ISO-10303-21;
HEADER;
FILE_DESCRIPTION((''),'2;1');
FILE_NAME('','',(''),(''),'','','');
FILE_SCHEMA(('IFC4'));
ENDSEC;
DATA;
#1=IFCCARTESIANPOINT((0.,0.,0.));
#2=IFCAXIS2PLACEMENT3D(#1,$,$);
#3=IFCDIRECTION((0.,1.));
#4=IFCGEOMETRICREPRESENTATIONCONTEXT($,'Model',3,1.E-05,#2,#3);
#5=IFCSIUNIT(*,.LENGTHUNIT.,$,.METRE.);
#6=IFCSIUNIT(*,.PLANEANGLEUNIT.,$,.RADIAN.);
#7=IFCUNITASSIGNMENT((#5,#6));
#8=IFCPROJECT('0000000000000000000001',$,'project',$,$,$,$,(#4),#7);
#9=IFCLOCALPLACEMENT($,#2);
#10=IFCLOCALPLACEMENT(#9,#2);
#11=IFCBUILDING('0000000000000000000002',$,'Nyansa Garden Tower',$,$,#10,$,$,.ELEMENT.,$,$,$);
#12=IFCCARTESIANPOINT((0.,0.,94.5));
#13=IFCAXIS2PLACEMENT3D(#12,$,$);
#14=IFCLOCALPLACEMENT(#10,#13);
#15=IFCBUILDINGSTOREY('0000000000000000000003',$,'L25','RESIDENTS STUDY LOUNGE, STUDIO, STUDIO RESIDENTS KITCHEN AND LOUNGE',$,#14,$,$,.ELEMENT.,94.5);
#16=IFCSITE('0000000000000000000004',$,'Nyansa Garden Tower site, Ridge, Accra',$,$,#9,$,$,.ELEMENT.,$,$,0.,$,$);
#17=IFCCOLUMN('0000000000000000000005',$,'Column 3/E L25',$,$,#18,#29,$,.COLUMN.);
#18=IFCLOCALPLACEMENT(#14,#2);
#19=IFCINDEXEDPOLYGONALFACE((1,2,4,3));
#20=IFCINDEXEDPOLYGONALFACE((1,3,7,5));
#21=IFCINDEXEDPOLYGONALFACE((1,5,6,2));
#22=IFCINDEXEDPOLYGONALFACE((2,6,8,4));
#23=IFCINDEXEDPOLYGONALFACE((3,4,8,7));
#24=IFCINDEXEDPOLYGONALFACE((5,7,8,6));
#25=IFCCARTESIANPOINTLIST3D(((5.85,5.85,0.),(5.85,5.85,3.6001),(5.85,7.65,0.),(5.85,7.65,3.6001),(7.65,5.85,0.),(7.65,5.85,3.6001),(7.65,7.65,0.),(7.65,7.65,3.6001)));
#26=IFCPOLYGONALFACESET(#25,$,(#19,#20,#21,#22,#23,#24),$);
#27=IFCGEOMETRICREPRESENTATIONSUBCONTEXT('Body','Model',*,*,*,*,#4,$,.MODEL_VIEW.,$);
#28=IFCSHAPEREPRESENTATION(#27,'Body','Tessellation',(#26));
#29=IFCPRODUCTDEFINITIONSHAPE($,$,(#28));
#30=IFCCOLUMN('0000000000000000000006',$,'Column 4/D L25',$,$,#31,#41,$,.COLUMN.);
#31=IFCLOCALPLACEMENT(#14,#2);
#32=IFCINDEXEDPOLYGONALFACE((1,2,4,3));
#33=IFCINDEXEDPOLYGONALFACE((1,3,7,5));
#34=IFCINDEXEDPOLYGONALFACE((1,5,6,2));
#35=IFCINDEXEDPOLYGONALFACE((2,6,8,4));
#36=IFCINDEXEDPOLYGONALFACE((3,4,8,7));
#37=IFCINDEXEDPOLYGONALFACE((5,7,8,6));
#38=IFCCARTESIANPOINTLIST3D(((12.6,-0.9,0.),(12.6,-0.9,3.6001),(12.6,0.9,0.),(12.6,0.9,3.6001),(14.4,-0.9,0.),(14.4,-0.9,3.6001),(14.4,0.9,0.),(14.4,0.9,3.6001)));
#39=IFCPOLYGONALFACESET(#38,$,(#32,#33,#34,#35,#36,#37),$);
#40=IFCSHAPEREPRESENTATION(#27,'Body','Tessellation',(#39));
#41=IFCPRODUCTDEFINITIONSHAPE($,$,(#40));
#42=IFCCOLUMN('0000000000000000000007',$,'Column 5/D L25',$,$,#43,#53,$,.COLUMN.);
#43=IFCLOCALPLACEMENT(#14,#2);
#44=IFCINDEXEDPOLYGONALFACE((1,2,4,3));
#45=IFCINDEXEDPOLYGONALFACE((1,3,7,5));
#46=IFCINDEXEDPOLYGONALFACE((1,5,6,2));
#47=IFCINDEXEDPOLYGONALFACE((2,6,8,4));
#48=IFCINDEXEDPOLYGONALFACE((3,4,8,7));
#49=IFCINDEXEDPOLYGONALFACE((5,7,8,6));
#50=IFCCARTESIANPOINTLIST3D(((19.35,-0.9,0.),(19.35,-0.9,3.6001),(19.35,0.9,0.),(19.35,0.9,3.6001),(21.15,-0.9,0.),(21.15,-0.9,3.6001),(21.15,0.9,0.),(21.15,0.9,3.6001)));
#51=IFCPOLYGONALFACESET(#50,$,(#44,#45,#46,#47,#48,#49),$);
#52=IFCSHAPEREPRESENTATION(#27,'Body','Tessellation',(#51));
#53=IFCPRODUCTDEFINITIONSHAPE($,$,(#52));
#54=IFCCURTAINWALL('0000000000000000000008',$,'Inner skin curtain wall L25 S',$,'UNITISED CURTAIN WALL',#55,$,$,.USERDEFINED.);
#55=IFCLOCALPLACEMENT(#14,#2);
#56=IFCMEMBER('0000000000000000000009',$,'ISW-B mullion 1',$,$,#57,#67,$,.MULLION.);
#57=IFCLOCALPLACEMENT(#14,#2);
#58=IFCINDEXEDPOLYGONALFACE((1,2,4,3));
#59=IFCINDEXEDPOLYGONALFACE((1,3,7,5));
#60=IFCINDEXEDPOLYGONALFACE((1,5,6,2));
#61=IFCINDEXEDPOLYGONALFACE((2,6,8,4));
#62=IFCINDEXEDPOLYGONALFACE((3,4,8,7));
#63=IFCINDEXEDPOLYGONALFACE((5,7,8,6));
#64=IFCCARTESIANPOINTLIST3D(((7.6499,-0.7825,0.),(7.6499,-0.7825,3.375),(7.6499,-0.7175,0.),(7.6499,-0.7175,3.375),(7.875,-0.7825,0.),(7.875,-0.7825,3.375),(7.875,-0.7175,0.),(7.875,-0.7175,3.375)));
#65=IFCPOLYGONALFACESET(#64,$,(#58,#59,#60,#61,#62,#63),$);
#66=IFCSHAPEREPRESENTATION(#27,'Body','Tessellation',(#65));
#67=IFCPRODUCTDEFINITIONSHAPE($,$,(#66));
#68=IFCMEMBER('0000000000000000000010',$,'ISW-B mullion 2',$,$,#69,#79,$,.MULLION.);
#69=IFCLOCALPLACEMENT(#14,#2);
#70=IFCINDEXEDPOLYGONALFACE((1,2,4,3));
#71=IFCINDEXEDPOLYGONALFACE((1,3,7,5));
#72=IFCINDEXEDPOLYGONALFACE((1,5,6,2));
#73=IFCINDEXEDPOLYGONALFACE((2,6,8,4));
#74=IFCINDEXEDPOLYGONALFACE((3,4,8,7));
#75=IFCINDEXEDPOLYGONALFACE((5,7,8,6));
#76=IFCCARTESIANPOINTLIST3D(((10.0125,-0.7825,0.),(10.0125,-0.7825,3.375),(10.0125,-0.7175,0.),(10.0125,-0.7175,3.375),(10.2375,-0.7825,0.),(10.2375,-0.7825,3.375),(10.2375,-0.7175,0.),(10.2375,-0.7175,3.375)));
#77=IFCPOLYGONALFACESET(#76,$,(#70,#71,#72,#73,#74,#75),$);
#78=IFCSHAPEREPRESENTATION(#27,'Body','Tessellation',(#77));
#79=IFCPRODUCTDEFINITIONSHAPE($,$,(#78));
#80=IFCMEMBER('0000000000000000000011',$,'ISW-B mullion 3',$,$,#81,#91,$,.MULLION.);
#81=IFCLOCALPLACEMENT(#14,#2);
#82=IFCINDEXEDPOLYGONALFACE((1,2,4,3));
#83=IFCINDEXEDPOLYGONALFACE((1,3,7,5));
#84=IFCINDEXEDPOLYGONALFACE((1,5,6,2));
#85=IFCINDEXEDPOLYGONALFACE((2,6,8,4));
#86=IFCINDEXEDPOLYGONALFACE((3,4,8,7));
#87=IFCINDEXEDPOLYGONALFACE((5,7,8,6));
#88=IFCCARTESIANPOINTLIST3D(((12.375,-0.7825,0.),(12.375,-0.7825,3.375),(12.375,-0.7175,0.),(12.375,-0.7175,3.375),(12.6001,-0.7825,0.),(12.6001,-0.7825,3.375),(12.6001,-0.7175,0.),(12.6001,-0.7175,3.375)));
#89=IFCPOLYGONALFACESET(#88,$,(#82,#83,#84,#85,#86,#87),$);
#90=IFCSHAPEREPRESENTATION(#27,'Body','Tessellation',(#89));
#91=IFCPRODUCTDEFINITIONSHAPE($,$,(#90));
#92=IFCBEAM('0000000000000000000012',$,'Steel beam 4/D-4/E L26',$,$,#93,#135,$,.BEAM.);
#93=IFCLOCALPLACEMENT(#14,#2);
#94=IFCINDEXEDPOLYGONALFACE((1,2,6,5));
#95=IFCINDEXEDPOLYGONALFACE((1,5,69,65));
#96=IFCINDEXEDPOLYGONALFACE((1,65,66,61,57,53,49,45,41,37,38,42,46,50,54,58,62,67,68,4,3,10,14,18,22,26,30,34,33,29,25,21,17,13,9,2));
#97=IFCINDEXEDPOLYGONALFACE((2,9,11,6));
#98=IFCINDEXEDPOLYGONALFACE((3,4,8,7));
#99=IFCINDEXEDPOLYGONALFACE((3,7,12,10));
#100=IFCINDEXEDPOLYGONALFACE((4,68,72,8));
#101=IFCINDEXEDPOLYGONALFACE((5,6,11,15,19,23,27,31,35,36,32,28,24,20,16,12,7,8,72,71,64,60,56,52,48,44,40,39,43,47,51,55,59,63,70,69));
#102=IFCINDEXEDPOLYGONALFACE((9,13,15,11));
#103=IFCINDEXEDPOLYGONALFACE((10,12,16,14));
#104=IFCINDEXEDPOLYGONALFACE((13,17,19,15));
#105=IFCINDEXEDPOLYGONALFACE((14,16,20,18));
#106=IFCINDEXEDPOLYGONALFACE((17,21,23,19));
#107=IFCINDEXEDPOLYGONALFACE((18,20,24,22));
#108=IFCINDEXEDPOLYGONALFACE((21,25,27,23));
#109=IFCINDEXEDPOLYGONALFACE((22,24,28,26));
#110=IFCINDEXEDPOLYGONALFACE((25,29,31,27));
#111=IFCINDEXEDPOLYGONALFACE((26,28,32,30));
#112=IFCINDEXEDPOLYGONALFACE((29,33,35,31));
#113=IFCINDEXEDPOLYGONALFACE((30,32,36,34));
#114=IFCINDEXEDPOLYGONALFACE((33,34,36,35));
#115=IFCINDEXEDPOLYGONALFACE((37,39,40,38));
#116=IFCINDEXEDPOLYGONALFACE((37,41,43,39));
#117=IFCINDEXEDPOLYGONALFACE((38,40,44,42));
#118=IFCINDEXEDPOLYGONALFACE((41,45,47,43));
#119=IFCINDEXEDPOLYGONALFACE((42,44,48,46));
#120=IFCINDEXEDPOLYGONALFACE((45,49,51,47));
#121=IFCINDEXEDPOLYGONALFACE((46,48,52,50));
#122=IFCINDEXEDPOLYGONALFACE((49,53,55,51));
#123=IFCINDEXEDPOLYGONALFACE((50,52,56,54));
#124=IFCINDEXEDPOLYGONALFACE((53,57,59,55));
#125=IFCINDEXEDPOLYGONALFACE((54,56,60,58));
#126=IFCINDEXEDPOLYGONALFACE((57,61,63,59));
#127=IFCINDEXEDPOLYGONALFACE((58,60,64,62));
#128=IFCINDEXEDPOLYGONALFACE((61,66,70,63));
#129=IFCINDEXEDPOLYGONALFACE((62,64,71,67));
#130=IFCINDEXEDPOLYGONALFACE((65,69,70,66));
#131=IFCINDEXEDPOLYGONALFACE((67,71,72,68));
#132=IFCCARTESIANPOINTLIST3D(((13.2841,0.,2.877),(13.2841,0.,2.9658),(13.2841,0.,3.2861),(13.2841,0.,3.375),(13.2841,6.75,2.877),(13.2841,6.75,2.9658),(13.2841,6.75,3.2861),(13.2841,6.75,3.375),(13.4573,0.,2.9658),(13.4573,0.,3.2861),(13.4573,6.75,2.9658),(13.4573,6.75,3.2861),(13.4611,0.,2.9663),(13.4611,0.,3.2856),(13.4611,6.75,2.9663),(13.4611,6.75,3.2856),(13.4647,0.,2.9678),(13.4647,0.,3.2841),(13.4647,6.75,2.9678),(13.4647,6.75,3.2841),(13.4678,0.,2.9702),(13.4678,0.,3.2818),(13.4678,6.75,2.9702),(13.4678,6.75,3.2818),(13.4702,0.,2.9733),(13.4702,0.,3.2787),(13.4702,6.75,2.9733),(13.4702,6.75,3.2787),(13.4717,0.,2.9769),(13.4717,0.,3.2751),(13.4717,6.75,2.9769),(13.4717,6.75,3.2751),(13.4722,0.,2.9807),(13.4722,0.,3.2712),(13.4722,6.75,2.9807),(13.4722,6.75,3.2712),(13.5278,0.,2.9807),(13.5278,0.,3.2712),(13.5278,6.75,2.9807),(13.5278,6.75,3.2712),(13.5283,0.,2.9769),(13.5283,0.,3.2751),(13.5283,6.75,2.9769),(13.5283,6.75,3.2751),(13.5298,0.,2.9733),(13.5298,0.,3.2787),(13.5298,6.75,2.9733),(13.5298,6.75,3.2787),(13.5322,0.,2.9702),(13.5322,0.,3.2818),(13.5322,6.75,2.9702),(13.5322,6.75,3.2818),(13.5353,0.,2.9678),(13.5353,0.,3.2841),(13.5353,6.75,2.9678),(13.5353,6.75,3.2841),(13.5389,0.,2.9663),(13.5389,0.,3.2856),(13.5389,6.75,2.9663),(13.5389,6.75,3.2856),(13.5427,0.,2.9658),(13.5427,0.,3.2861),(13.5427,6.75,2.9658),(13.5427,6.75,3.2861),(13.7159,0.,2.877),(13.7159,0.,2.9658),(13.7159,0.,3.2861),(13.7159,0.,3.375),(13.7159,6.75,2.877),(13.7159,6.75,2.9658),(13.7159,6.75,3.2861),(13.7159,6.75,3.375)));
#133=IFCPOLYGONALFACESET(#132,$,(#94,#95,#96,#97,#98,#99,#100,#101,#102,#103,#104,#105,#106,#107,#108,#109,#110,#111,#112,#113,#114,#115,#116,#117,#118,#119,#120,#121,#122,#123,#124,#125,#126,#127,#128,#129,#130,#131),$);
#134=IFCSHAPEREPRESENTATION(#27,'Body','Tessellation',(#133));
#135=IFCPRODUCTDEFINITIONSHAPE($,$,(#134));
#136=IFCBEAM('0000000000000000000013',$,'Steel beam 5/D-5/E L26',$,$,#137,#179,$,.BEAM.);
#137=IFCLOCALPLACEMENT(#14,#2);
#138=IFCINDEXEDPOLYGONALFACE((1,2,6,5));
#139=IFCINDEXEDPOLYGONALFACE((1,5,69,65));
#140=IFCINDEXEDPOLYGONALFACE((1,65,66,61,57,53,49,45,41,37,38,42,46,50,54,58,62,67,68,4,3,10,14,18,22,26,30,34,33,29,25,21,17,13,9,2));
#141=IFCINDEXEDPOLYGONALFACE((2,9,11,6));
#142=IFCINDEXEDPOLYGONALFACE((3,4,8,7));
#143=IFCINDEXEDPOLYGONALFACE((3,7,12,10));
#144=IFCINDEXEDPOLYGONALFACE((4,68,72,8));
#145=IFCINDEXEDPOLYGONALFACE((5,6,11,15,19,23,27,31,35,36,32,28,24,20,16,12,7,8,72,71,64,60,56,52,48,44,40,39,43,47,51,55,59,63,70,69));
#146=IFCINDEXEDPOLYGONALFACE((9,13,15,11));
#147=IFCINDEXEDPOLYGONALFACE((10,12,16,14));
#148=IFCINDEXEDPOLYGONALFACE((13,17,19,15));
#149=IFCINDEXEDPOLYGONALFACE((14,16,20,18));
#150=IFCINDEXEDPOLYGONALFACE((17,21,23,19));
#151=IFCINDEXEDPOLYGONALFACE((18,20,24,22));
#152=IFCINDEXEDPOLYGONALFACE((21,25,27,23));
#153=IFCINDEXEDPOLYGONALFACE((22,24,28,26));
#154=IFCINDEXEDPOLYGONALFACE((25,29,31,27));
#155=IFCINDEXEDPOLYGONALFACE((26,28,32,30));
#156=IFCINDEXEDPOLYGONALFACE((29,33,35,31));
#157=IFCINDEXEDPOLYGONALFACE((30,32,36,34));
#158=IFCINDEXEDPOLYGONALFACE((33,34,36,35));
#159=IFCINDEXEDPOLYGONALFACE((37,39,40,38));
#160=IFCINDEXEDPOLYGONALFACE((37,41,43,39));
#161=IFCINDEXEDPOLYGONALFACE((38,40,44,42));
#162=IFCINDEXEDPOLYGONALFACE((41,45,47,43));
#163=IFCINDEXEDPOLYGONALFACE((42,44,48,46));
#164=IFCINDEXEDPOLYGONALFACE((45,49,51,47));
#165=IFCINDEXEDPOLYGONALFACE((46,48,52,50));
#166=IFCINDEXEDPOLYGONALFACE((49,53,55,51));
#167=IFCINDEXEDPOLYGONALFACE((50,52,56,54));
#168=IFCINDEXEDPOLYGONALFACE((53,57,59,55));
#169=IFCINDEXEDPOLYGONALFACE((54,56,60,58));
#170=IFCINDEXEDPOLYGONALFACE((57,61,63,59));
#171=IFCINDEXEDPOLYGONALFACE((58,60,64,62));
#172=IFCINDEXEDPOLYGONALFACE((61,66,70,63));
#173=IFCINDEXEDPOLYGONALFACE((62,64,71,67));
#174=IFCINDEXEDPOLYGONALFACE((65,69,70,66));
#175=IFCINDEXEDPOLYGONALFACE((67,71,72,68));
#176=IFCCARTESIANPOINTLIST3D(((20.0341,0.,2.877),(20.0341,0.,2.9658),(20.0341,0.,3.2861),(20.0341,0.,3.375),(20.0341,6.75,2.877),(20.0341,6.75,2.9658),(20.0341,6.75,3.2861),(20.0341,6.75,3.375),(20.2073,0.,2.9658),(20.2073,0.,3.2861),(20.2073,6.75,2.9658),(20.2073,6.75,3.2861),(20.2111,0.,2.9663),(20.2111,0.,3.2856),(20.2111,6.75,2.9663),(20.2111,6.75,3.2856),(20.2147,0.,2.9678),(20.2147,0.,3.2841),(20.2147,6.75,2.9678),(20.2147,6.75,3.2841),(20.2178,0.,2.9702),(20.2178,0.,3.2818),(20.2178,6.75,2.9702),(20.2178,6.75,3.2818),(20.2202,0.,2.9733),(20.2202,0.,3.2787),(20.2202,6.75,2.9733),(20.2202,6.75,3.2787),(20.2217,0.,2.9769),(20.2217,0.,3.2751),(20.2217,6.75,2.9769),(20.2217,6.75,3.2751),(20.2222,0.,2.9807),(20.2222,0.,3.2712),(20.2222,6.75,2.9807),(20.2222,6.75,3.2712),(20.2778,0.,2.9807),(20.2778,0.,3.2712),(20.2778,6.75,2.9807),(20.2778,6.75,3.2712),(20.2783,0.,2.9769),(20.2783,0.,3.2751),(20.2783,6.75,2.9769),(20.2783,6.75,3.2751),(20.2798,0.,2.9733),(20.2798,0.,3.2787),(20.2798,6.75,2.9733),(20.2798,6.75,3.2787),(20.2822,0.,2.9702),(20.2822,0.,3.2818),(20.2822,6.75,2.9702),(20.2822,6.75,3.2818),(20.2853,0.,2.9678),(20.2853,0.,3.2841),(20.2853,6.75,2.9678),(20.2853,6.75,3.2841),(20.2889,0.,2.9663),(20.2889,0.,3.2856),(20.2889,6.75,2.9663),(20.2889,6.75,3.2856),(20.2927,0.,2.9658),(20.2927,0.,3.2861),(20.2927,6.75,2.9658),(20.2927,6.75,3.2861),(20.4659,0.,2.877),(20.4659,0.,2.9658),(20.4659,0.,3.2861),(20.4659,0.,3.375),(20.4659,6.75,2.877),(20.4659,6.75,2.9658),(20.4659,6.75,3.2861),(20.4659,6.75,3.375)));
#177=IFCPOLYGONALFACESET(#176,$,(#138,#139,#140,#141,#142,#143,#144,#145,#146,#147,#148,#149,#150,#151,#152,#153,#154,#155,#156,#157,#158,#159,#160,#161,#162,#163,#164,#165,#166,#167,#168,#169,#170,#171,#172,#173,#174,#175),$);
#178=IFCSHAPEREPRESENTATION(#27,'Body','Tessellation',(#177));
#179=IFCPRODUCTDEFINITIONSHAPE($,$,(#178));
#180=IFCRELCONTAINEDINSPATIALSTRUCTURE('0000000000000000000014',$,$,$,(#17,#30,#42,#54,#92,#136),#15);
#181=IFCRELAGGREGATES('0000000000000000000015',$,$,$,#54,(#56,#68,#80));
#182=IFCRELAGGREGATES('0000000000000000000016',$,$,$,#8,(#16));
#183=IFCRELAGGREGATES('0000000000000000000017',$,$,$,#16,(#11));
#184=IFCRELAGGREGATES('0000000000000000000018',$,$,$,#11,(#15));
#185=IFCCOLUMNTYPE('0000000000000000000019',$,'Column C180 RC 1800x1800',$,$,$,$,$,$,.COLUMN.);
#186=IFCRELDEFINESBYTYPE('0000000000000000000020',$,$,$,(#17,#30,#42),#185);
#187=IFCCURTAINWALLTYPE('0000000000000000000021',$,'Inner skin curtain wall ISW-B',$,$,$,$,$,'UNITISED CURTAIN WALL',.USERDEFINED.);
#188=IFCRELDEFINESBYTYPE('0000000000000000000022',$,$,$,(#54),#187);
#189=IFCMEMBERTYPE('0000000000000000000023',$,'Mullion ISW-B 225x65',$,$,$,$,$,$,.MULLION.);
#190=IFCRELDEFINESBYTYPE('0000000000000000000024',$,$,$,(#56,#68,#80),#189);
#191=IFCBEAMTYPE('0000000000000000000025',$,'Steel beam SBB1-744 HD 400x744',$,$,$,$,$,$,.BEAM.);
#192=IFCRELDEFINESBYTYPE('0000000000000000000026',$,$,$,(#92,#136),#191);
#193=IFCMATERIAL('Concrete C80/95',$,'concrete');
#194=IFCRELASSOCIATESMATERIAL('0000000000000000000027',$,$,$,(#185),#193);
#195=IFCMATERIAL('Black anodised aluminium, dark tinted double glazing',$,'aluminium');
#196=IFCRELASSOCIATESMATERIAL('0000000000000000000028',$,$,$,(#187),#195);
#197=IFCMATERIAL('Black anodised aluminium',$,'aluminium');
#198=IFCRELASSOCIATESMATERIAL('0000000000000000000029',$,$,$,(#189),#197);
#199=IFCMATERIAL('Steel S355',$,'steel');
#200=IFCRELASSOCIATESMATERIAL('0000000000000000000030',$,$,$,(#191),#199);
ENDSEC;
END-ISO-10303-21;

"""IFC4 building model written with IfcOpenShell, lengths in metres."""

from ifc_helpers import new_model, si_unit, direction, frame, origin, origin_2d, place, context, subcontext, project, spatial, rectangle, i_section, extrude, material, material_profile, profile_set, type_object, element, aggregate, save


model = new_model("IFC4")

# Units and contexts
model_context = context("Model", 3, precision=1e-05, world=origin(), true_north=direction((0.0, 1.0)))
body_context = subcontext(model_context, "Body", "Model", "MODEL_VIEW")
ifc_project = project(units=[si_unit("LENGTHUNIT", "METRE"), si_unit("PLANEANGLEUNIT", "RADIAN")], contexts=[model_context])

# Site, building, storey
site_placement = place(None, origin())
site = spatial("IfcSite", under=ifc_project, at=site_placement, Name="Nyansa Garden Tower site, Ridge, Accra", CompositionType="ELEMENT", RefElevation=0.0)
building_placement = place(site_placement, origin())
building = spatial("IfcBuilding", under=site, at=building_placement, Name="Nyansa Garden Tower", CompositionType="ELEMENT")
storey_placement = place(building_placement, frame((0.0, 0.0, 94.5)))
storey = spatial("IfcBuildingStorey", under=building, at=storey_placement, Name="L25", Description="RESIDENTS STUDY LOUNGE, STUDIO, STUDIO RESIDENTS KITCHEN AND LOUNGE", CompositionType="ELEMENT", Elevation=94.5)

# Columns
ifc_material_1 = material(Name="Concrete C80/95", Category="concrete")
ifc_material_profile_1 = material_profile(ifc_material_1, rectangle(XDim=1.8, YDim=1.8, at=origin_2d()), Name="RC 1800x1800")
ifc_profile_set_1 = profile_set([ifc_material_profile_1], Name="Concrete C80/95")
column_type = type_object("IfcColumnType", Name="Column C180 RC 1800x1800", PredefinedType="COLUMN", material=ifc_profile_set_1)
for number, where, z_axis, x_axis, name in (
    (1, (6.75, 6.75, 0.0), (0.0, 0.0, 1.0), (1.0, 0.0, 0.0), "Column 3/E L25"),
    (2, (13.5, 0.0, 0.0), (0.0, 0.0, 1.0), (1.0, 0.0, 0.0), "Column 4/D L25"),
    (3, (20.25, 0.0, 0.0), (0.0, 0.0, 1.0), (1.0, 0.0, 0.0), "Column 5/D L25"),
):
    element("IfcColumn", number, at=place(storey_placement, frame(where, z_axis=z_axis, x_axis=x_axis)), inside=storey, type_object=column_type, Name=name, PredefinedType="COLUMN", context=body_context, shape_type="SweptSolid", body=[
        extrude(rectangle(XDim=1.8, YDim=1.8, at=origin_2d()), origin(), (0.0, 0.0, 1.0), 3.6001),
    ])

# Curtain wall, members
ifc_material_2 = material(Name="Black anodised aluminium, dark tinted double glazing", Category="aluminium")
curtain_wall_type = type_object("IfcCurtainWallType", Name="Inner skin curtain wall ISW-B", ElementType="UNITISED CURTAIN WALL", PredefinedType="USERDEFINED", material=ifc_material_2)
curtain_wall_placement = place(storey_placement, origin())
curtain_wall = element("IfcCurtainWall", 4, at=curtain_wall_placement, inside=storey, type_object=curtain_wall_type, Name="Inner skin curtain wall L25 S", ObjectType="UNITISED CURTAIN WALL", PredefinedType="USERDEFINED")
ifc_material_3 = material(Name="Black anodised aluminium", Category="aluminium")
ifc_material_profile_2 = material_profile(ifc_material_3, rectangle(XDim=0.0649, YDim=0.2251, at=origin_2d()), Name="Mullion 225x65")
ifc_profile_set_2 = profile_set([ifc_material_profile_2], Name="Black anodised aluminium")
member_type_1 = type_object("IfcMemberType", Name="Mullion ISW-B 225x65", PredefinedType="MULLION", material=ifc_profile_set_2)
member_1_placement = place(storey_placement, frame((7.7625, -0.75, 0.0), z_axis=(0.0, 0.0, 1.0), x_axis=(0.0, 1.0, 0.0)))
member_1 = element("IfcMember", 5, at=member_1_placement, type_object=member_type_1, Name="ISW-B mullion 1", PredefinedType="MULLION", context=body_context, shape_type="SweptSolid", body=[
    extrude(rectangle(XDim=0.0649, YDim=0.2251, at=origin_2d()), origin(), (0.0, 0.0, 1.0), 3.375),
])
member_2_placement = place(storey_placement, frame((10.125, -0.75, 0.0), z_axis=(0.0, 0.0, 1.0), x_axis=(0.0, 1.0, 0.0)))
member_2 = element("IfcMember", 6, at=member_2_placement, type_object=member_type_1, Name="ISW-B mullion 2", PredefinedType="MULLION", context=body_context, shape_type="SweptSolid", body=[
    extrude(rectangle(XDim=0.0649, YDim=0.2251, at=origin_2d()), origin(), (0.0, 0.0, 1.0), 3.375),
])
member_3_placement = place(storey_placement, frame((12.4875, -0.75, 0.0), z_axis=(0.0, 0.0, 1.0), x_axis=(0.0, 1.0, 0.0)))
member_3 = element("IfcMember", 7, at=member_3_placement, type_object=member_type_1, Name="ISW-B mullion 3", PredefinedType="MULLION", context=body_context, shape_type="SweptSolid", body=[
    extrude(rectangle(XDim=0.0649, YDim=0.2251, at=origin_2d()), origin(), (0.0, 0.0, 1.0), 3.375),
])

# Beams
ifc_material_4 = material(Name="Steel S355", Category="steel")
ifc_material_profile_3 = material_profile(ifc_material_4, i_section(OverallWidth=0.4319, OverallDepth=0.498, WebThickness=0.0557, FlangeThickness=0.0889, FilletRadius=0.0149, at=origin_2d()), Name="HD 400x744")
ifc_profile_set_3 = profile_set([ifc_material_profile_3], Name="Steel S355")
beam_type_1 = type_object("IfcBeamType", Name="Steel beam SBB1-744 HD 400x744", PredefinedType="BEAM", material=ifc_profile_set_3)
for number, where, z_axis, x_axis, name in (
    (8, (13.5, 0.0, 3.126), (0.0, 1.0, 0.0), (-1.0, 0.0, 0.0), "Steel beam 4/D-4/E L26"),
    (9, (20.25, 0.0, 3.126), (0.0, 1.0, 0.0), (-1.0, 0.0, 0.0), "Steel beam 5/D-5/E L26"),
):
    element("IfcBeam", number, at=place(storey_placement, frame(where, z_axis=z_axis, x_axis=x_axis)), inside=storey, type_object=beam_type_1, Name=name, PredefinedType="BEAM", context=body_context, shape_type="SweptSolid", body=[
        extrude(i_section(OverallWidth=0.4319, OverallDepth=0.498, WebThickness=0.0557, FlangeThickness=0.0889, FilletRadius=0.0149, at=origin_2d()), origin(), (0.0, 0.0, 1.0), 6.75),
    ])

aggregate(curtain_wall, [member_1, member_2, member_3])

save(model, "model.ifc")
